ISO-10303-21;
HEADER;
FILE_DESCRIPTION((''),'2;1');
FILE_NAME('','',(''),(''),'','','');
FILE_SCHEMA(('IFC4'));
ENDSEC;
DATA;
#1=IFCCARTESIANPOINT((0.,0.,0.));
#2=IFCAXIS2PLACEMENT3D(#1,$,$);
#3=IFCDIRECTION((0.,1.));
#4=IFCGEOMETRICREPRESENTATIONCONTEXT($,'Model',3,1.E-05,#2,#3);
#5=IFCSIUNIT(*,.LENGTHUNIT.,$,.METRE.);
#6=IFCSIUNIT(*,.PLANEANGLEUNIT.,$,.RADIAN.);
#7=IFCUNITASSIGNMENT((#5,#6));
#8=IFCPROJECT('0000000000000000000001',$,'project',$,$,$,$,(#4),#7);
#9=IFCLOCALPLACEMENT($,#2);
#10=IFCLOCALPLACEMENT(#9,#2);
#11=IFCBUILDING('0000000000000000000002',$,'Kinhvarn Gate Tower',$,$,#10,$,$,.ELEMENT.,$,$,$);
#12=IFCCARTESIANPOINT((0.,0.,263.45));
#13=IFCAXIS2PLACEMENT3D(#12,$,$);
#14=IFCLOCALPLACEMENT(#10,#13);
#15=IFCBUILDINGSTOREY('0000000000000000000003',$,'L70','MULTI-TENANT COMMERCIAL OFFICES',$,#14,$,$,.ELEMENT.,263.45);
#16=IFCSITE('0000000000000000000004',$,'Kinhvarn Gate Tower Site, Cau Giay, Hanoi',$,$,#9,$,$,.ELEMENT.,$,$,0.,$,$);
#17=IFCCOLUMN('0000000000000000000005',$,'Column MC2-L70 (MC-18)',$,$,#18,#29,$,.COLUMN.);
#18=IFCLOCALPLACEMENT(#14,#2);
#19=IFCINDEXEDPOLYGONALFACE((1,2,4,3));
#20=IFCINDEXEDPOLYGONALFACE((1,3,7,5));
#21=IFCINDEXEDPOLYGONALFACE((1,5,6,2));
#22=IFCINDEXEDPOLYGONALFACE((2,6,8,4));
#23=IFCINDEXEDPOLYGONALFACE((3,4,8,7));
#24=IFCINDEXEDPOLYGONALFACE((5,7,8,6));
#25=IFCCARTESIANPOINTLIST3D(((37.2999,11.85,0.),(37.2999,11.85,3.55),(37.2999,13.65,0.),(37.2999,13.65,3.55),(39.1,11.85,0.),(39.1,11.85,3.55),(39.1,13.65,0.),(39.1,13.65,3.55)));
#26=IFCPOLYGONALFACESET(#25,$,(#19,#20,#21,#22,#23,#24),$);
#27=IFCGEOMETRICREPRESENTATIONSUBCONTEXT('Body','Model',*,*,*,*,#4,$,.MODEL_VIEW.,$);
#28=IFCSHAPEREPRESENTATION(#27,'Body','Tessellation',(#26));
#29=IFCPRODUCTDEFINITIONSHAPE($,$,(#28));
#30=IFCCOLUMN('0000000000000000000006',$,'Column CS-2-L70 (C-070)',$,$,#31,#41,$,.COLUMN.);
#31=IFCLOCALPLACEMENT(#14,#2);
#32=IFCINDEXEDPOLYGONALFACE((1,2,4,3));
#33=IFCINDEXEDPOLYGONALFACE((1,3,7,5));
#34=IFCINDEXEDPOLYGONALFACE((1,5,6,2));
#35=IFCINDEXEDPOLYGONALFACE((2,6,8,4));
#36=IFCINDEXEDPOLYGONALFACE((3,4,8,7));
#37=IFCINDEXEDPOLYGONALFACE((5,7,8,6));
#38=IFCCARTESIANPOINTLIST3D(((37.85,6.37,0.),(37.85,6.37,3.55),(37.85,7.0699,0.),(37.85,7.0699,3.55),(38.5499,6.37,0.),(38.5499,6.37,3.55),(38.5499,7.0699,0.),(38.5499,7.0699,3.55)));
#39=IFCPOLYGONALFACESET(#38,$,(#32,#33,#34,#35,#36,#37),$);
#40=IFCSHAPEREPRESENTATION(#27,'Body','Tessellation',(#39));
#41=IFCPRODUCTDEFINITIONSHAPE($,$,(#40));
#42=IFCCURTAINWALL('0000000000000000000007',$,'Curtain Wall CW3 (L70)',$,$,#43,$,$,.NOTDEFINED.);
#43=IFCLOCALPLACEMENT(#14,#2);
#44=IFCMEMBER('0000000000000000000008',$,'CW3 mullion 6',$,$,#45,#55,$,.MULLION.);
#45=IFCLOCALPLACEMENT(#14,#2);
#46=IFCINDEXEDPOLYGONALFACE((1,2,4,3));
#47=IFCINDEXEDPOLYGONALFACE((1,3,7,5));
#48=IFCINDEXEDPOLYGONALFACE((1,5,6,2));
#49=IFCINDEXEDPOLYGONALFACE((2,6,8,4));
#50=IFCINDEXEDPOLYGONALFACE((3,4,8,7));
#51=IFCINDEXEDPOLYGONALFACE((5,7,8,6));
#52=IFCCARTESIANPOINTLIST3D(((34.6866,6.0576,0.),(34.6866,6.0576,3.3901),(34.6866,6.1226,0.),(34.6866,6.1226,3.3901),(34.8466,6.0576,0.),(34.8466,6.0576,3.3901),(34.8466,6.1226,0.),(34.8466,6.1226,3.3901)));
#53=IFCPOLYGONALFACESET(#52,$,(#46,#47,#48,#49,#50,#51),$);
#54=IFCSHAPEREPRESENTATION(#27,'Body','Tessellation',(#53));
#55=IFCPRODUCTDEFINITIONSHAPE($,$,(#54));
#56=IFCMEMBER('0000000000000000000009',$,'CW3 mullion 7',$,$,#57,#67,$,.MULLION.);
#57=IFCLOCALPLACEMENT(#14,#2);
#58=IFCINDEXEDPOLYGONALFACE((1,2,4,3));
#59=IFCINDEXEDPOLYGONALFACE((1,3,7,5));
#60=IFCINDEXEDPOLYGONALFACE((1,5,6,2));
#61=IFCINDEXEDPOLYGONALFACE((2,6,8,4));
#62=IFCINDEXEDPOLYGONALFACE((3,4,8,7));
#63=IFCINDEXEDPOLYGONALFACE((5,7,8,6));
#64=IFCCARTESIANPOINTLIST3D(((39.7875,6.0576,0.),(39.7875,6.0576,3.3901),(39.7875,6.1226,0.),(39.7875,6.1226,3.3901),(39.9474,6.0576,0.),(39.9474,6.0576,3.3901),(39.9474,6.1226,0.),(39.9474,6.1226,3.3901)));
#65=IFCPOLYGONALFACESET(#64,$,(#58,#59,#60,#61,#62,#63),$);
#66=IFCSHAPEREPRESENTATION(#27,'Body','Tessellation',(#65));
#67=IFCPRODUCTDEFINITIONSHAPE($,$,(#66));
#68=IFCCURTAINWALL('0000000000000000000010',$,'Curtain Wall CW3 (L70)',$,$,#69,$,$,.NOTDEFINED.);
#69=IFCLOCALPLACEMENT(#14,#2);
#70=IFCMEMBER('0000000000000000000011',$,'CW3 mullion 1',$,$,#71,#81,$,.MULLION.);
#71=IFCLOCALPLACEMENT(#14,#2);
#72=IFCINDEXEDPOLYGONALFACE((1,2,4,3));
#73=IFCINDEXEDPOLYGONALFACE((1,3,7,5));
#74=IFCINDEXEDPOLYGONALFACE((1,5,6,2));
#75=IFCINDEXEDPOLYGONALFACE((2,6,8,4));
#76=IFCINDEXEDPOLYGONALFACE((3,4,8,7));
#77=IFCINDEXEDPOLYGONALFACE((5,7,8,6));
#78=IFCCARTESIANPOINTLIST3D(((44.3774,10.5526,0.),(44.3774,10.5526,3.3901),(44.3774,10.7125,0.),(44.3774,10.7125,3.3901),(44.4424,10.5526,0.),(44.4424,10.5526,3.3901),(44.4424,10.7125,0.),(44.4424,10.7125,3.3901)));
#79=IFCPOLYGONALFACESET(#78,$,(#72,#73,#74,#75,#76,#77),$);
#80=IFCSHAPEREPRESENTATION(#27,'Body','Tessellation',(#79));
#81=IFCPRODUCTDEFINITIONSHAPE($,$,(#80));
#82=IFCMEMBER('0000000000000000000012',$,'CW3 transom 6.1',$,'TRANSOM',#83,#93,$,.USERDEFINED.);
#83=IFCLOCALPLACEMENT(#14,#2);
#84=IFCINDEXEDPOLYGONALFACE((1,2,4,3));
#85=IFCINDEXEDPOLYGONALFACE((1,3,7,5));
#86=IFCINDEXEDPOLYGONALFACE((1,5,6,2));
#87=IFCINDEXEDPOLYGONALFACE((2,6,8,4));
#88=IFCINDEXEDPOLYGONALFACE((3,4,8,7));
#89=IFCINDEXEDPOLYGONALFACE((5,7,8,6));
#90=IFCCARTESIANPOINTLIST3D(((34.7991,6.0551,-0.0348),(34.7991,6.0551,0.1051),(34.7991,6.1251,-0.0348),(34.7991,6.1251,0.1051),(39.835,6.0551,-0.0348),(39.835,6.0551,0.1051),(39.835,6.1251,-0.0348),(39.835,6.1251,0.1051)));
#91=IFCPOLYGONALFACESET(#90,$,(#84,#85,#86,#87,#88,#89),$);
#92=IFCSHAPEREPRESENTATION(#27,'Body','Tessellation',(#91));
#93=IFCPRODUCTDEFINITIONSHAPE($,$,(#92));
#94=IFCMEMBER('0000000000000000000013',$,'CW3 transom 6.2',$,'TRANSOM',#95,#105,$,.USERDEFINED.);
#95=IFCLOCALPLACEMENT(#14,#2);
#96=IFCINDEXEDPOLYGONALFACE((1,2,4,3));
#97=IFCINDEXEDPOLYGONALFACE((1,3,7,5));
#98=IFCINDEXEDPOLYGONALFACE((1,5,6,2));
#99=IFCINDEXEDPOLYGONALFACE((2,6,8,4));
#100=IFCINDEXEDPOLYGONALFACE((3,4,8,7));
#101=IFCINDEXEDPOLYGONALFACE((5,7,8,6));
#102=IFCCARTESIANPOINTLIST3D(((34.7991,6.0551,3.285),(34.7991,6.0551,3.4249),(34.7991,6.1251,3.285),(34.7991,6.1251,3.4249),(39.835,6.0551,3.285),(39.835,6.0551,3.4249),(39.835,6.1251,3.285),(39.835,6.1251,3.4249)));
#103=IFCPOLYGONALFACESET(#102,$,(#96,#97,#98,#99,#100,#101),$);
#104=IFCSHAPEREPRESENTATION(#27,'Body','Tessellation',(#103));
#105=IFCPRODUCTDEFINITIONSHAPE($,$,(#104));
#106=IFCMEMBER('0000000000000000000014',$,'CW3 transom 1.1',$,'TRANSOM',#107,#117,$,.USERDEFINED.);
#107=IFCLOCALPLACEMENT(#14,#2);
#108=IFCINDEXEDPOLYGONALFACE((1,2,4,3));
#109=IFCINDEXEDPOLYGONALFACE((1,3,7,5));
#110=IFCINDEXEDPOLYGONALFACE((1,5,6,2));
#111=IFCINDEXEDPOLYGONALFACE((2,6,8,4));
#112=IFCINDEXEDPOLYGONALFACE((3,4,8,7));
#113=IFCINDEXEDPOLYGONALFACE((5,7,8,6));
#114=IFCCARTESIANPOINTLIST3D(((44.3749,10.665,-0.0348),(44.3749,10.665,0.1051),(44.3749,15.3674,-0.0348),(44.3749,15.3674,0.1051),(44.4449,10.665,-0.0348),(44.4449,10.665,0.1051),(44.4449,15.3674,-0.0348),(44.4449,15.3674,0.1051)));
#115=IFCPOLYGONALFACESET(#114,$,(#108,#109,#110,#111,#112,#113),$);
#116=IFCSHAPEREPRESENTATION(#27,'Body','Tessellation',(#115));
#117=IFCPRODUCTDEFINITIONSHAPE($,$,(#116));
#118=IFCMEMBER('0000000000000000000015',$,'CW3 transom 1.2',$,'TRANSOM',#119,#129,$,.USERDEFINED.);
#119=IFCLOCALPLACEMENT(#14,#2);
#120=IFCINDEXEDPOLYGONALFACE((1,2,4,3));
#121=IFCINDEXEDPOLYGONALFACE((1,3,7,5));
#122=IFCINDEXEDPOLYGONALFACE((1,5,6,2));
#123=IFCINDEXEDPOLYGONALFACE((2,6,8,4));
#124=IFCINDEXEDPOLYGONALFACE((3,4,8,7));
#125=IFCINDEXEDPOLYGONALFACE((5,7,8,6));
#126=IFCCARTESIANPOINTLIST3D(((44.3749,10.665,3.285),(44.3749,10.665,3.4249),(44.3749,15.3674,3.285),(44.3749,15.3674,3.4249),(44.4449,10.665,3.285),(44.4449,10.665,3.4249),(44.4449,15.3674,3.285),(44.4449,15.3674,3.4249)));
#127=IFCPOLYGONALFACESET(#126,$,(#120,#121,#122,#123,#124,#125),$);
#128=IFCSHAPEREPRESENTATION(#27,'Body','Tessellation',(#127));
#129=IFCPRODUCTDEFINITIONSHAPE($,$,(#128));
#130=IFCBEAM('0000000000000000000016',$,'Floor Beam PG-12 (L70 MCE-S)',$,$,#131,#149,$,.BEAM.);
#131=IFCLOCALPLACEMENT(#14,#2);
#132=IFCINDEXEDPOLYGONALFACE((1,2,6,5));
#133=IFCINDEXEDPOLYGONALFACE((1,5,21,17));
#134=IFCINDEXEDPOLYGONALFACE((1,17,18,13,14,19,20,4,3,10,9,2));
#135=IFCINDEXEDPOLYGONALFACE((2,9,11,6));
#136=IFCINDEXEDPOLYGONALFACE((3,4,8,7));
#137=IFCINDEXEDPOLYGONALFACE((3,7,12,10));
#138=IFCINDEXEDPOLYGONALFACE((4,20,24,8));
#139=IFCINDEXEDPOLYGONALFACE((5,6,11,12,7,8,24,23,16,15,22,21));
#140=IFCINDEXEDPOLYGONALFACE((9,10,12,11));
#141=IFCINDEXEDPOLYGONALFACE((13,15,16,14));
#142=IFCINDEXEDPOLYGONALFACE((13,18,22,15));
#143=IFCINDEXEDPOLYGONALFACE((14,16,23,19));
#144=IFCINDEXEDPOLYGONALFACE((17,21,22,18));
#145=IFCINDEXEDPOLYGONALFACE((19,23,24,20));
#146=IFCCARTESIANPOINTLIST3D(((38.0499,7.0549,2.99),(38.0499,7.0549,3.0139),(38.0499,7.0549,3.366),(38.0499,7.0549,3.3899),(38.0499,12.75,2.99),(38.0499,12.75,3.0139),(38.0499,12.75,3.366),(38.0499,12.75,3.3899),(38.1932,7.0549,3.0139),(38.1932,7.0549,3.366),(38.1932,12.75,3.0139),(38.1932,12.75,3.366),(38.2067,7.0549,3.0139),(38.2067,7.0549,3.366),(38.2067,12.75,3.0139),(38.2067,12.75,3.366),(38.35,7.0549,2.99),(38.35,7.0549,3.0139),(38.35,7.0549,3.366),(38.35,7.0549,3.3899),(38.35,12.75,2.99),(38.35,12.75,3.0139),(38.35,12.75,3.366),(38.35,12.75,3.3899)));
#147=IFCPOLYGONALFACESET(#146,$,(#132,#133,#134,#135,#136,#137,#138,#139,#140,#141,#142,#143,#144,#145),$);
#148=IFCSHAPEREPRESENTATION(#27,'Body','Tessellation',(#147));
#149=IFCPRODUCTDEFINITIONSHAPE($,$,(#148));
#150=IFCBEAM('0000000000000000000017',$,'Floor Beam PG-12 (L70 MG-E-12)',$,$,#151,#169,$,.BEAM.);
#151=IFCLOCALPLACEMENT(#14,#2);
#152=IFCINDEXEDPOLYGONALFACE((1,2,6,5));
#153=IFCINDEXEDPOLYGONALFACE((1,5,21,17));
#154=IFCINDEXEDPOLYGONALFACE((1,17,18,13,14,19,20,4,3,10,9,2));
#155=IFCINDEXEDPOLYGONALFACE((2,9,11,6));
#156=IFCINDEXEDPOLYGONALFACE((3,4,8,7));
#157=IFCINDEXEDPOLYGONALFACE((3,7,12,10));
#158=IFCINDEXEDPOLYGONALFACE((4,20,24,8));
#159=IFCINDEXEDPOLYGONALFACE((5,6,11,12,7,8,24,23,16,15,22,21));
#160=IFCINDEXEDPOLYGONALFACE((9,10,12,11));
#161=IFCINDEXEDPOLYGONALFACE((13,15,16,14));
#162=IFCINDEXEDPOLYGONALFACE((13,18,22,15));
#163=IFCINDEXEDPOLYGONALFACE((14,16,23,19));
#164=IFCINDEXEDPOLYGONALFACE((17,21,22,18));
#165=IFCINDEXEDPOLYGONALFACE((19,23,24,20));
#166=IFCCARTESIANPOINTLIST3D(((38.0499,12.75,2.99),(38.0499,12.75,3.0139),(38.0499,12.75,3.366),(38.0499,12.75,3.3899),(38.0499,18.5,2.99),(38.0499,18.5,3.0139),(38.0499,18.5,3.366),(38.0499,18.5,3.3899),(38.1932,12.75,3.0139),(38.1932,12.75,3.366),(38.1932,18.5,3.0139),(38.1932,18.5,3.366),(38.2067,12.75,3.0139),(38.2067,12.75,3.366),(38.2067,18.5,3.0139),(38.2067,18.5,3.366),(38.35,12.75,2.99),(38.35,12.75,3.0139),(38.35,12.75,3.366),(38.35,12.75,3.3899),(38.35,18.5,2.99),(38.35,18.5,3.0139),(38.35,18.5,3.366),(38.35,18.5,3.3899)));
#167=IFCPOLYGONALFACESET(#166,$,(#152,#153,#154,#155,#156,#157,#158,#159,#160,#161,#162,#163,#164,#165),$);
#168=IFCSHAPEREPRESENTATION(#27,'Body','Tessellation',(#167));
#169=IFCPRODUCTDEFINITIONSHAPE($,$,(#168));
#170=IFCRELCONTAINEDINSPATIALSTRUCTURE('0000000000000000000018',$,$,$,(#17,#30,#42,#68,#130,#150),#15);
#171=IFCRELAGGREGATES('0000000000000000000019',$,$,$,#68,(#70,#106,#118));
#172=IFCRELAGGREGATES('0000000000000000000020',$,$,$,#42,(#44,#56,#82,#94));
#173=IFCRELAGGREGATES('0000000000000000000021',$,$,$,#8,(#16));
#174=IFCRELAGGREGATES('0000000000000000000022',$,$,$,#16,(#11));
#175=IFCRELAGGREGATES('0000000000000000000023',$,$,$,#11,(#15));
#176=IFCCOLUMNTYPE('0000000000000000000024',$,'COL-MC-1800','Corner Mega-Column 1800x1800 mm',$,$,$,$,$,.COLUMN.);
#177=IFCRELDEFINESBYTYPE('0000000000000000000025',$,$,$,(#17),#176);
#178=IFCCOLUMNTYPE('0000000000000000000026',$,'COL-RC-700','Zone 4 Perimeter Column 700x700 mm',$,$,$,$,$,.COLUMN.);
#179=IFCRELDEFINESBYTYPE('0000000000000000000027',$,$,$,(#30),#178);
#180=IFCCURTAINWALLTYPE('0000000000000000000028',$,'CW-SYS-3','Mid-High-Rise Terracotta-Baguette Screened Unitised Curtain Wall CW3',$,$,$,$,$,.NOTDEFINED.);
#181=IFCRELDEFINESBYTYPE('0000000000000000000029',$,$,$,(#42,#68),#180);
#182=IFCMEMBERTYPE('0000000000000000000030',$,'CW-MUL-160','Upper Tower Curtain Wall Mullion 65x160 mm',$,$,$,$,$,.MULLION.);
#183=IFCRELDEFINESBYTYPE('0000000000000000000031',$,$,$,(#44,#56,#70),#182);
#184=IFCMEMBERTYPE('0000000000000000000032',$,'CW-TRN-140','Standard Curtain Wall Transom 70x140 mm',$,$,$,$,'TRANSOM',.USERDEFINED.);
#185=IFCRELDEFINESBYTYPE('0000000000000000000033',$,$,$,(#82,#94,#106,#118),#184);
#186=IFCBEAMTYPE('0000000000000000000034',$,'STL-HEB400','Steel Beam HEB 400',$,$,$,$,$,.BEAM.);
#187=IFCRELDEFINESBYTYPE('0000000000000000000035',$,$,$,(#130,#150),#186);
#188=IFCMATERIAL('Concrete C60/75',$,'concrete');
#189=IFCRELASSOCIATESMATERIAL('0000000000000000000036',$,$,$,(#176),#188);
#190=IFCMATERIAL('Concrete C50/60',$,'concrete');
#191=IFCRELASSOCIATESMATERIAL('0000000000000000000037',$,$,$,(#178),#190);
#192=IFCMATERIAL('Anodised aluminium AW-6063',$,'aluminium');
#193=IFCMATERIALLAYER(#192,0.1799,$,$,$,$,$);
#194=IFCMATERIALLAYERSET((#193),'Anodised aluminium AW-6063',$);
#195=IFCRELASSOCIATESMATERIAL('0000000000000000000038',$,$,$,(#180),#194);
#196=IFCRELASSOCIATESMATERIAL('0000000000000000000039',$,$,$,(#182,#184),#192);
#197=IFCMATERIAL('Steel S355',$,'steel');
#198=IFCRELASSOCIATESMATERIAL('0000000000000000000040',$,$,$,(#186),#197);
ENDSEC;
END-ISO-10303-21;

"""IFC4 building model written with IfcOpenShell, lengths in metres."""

from ifc_helpers import new_model, si_unit, direction, frame, origin, origin_2d, place, context, subcontext, project, spatial, rectangle, i_section, extrude, material, layer, layer_set, material_profile, profile_set, type_object, element, aggregate, save


model = new_model("IFC4")

# Units and contexts
model_context = context("Model", 3, precision=1e-05, world=origin(), true_north=direction((0.0, 1.0)))
body_context = subcontext(model_context, "Body", "Model", "MODEL_VIEW")
ifc_project = project(units=[si_unit("LENGTHUNIT", "METRE"), si_unit("PLANEANGLEUNIT", "RADIAN")], contexts=[model_context])

# Site, building, storey
site_placement = place(None, origin())
site = spatial("IfcSite", under=ifc_project, at=site_placement, Name="Kinhvarn Gate Tower Site, Cau Giay, Hanoi", CompositionType="ELEMENT", RefElevation=0.0)
building_placement = place(site_placement, origin())
building = spatial("IfcBuilding", under=site, at=building_placement, Name="Kinhvarn Gate Tower", CompositionType="ELEMENT")
storey_placement = place(building_placement, frame((0.0, 0.0, 263.45)))
storey = spatial("IfcBuildingStorey", under=building, at=storey_placement, Name="L70", Description="MULTI-TENANT COMMERCIAL OFFICES", CompositionType="ELEMENT", Elevation=263.45)

# Columns
ifc_material_1 = material(Name="Concrete C60/75", Category="concrete")
ifc_material_profile_1 = material_profile(ifc_material_1, rectangle(XDim=1.8, YDim=1.8, at=origin_2d()), Name="RC 1800x1800")
ifc_profile_set_1 = profile_set([ifc_material_profile_1], Name="Concrete C60/75")
column_type_1 = type_object("IfcColumnType", Name="COL-MC-1800", Description="Corner Mega-Column 1800x1800 mm", PredefinedType="COLUMN", material=ifc_profile_set_1)
column_1_placement = place(storey_placement, frame((38.2, 12.75, 0.0), z_axis=(0.0, 0.0, 1.0), x_axis=(1.0, 0.0, 0.0)))
element("IfcColumn", 1, at=column_1_placement, inside=storey, type_object=column_type_1, Name="Column MC2-L70 (MC-18)", PredefinedType="COLUMN", context=body_context, shape_type="SweptSolid", body=[
    extrude(rectangle(XDim=1.8, YDim=1.8, at=origin_2d()), origin(), (0.0, 0.0, 1.0), 3.55),
])
ifc_material_2 = material(Name="Concrete C50/60", Category="concrete")
ifc_material_profile_2 = material_profile(ifc_material_2, rectangle(XDim=0.7, YDim=0.7, at=origin_2d()), Name="RC 700x700")
ifc_profile_set_2 = profile_set([ifc_material_profile_2], Name="Concrete C50/60")
column_type_2 = type_object("IfcColumnType", Name="COL-RC-700", Description="Zone 4 Perimeter Column 700x700 mm", PredefinedType="COLUMN", material=ifc_profile_set_2)
column_2_placement = place(storey_placement, frame((38.2, 6.72, 0.0), z_axis=(0.0, 0.0, 1.0), x_axis=(1.0, 0.0, 0.0)))
element("IfcColumn", 2, at=column_2_placement, inside=storey, type_object=column_type_2, Name="Column CS-2-L70 (C-070)", PredefinedType="COLUMN", context=body_context, shape_type="SweptSolid", body=[
    extrude(rectangle(XDim=0.7, YDim=0.7, at=origin_2d()), origin(), (0.0, 0.0, 1.0), 3.55),
])

# Curtain wall, members
ifc_material_3 = material(Name="Anodised aluminium AW-6063", Category="aluminium")
ifc_layer_1 = layer(ifc_material_3, 0.1799)
ifc_layer_set_1 = layer_set([ifc_layer_1], Name="Anodised aluminium AW-6063")
curtain_wall_type = type_object("IfcCurtainWallType", Name="CW-SYS-3", Description="Mid-High-Rise Terracotta-Baguette Screened Unitised Curtain Wall CW3", PredefinedType="NOTDEFINED", material=ifc_layer_set_1)
curtain_wall_1_placement = place(storey_placement, origin())
curtain_wall_1 = element("IfcCurtainWall", 3, at=curtain_wall_1_placement, inside=storey, type_object=curtain_wall_type, Name="Curtain Wall CW3 (L70)", PredefinedType="NOTDEFINED")
ifc_material_profile_3 = material_profile(ifc_material_3, rectangle(XDim=0.0649, YDim=0.1599, at=origin_2d()), Name="ALU 65x160")
ifc_profile_set_3 = profile_set([ifc_material_profile_3], Name="Anodised aluminium AW-6063")
member_type_1 = type_object("IfcMemberType", Name="CW-MUL-160", Description="Upper Tower Curtain Wall Mullion 65x160 mm", PredefinedType="MULLION", material=ifc_profile_set_3)
member_1_placement = place(storey_placement, frame((34.7666, 6.0901, 0.0), z_axis=(0.0, 0.0, 1.0), x_axis=(0.0, 1.0, 0.0)))
member_1 = element("IfcMember", 4, at=member_1_placement, type_object=member_type_1, Name="CW3 mullion 6", PredefinedType="MULLION", context=body_context, shape_type="SweptSolid", body=[
    extrude(rectangle(XDim=0.0649, YDim=0.1599, at=origin_2d()), origin(), (0.0, 0.0, 1.0), 3.3901),
])
member_2_placement = place(storey_placement, frame((39.8674, 6.0901, 0.0), z_axis=(0.0, 0.0, 1.0), x_axis=(0.0, 1.0, 0.0)))
member_2 = element("IfcMember", 5, at=member_2_placement, type_object=member_type_1, Name="CW3 mullion 7", PredefinedType="MULLION", context=body_context, shape_type="SweptSolid", body=[
    extrude(rectangle(XDim=0.0649, YDim=0.1599, at=origin_2d()), origin(), (0.0, 0.0, 1.0), 3.3901),
])

# Curtain wall, member
curtain_wall_2_placement = place(storey_placement, origin())
curtain_wall_2 = element("IfcCurtainWall", 6, at=curtain_wall_2_placement, inside=storey, type_object=curtain_wall_type, Name="Curtain Wall CW3 (L70)", PredefinedType="NOTDEFINED")
member_3_placement = place(storey_placement, frame((44.4099, 10.6326, 0.0), z_axis=(0.0, 0.0, 1.0), x_axis=(-1.0, 0.0, 0.0)))
member_3 = element("IfcMember", 7, at=member_3_placement, type_object=member_type_1, Name="CW3 mullion 1", PredefinedType="MULLION", context=body_context, shape_type="SweptSolid", body=[
    extrude(rectangle(XDim=0.0649, YDim=0.1599, at=origin_2d()), origin(), (0.0, 0.0, 1.0), 3.3901),
])

# Members
ifc_material_profile_4 = material_profile(ifc_material_3, rectangle(XDim=0.0701, YDim=0.1399, at=origin_2d()), Name="ALU 70x140")
ifc_profile_set_4 = profile_set([ifc_material_profile_4], Name="Anodised aluminium AW-6063")
member_type_2 = type_object("IfcMemberType", Name="CW-TRN-140", Description="Standard Curtain Wall Transom 70x140 mm", ElementType="TRANSOM", PredefinedType="USERDEFINED", material=ifc_profile_set_4)
member_4_placement = place(storey_placement, frame((34.7991, 6.0901, 0.0352), z_axis=(1.0, 0.0, 0.0), x_axis=(0.0, 1.0, 0.0)))
member_4 = element("IfcMember", 8, at=member_4_placement, type_object=member_type_2, Name="CW3 transom 6.1", ObjectType="TRANSOM", PredefinedType="USERDEFINED", context=body_context, shape_type="SweptSolid", body=[
    extrude(rectangle(XDim=0.0701, YDim=0.1399, at=origin_2d()), origin(), (0.0, 0.0, 1.0), 5.0359),
])
member_5_placement = place(storey_placement, frame((34.7991, 6.0901, 3.355), z_axis=(1.0, 0.0, 0.0), x_axis=(0.0, 1.0, 0.0)))
member_5 = element("IfcMember", 9, at=member_5_placement, type_object=member_type_2, Name="CW3 transom 6.2", ObjectType="TRANSOM", PredefinedType="USERDEFINED", context=body_context, shape_type="SweptSolid", body=[
    extrude(rectangle(XDim=0.0701, YDim=0.1399, at=origin_2d()), origin(), (0.0, 0.0, 1.0), 5.0359),
])
member_6_placement = place(storey_placement, frame((44.4099, 10.665, 0.0352), z_axis=(0.0, 1.0, 0.0), x_axis=(-1.0, 0.0, 0.0)))
member_6 = element("IfcMember", 10, at=member_6_placement, type_object=member_type_2, Name="CW3 transom 1.1", ObjectType="TRANSOM", PredefinedType="USERDEFINED", context=body_context, shape_type="SweptSolid", body=[
    extrude(rectangle(XDim=0.0701, YDim=0.1399, at=origin_2d()), origin(), (0.0, 0.0, 1.0), 4.7024),
])
member_7_placement = place(storey_placement, frame((44.4099, 10.665, 3.355), z_axis=(0.0, 1.0, 0.0), x_axis=(-1.0, 0.0, 0.0)))
member_7 = element("IfcMember", 11, at=member_7_placement, type_object=member_type_2, Name="CW3 transom 1.2", ObjectType="TRANSOM", PredefinedType="USERDEFINED", context=body_context, shape_type="SweptSolid", body=[
    extrude(rectangle(XDim=0.0701, YDim=0.1399, at=origin_2d()), origin(), (0.0, 0.0, 1.0), 4.7024),
])
aggregate(curtain_wall_2, [member_3, member_6, member_7])

# Beams
ifc_material_4 = material(Name="Steel S355", Category="steel")
ifc_material_profile_5 = material_profile(ifc_material_4, i_section(OverallWidth=0.3, OverallDepth=0.3999, WebThickness=0.0134, FlangeThickness=0.0239, at=origin_2d()), Name="HEB 400")
ifc_profile_set_5 = profile_set([ifc_material_profile_5], Name="Steel S355")
beam_type_1 = type_object("IfcBeamType", Name="STL-HEB400", Description="Steel Beam HEB 400", PredefinedType="BEAM", material=ifc_profile_set_5)
beam_1_placement = place(storey_placement, frame((38.2, 7.0549, 3.1899), z_axis=(0.0, 1.0, 0.0), x_axis=(-1.0, 0.0, 0.0)))
element("IfcBeam", 12, at=beam_1_placement, inside=storey, type_object=beam_type_1, Name="Floor Beam PG-12 (L70 MCE-S)", PredefinedType="BEAM", context=body_context, shape_type="SweptSolid", body=[
    extrude(i_section(OverallWidth=0.3, OverallDepth=0.3999, WebThickness=0.0134, FlangeThickness=0.0239, at=origin_2d()), origin(), (0.0, 0.0, 1.0), 5.6951),
])
beam_2_placement = place(storey_placement, frame((38.2, 12.75, 3.1899), z_axis=(0.0, 1.0, 0.0), x_axis=(-1.0, 0.0, 0.0)))
element("IfcBeam", 13, at=beam_2_placement, inside=storey, type_object=beam_type_1, Name="Floor Beam PG-12 (L70 MG-E-12)", PredefinedType="BEAM", context=body_context, shape_type="SweptSolid", body=[
    extrude(i_section(OverallWidth=0.3, OverallDepth=0.3999, WebThickness=0.0134, FlangeThickness=0.0239, at=origin_2d()), origin(), (0.0, 0.0, 1.0), 5.75),
])

aggregate(curtain_wall_1, [member_1, member_2, member_4, member_5])

save(model, "model.ifc")
